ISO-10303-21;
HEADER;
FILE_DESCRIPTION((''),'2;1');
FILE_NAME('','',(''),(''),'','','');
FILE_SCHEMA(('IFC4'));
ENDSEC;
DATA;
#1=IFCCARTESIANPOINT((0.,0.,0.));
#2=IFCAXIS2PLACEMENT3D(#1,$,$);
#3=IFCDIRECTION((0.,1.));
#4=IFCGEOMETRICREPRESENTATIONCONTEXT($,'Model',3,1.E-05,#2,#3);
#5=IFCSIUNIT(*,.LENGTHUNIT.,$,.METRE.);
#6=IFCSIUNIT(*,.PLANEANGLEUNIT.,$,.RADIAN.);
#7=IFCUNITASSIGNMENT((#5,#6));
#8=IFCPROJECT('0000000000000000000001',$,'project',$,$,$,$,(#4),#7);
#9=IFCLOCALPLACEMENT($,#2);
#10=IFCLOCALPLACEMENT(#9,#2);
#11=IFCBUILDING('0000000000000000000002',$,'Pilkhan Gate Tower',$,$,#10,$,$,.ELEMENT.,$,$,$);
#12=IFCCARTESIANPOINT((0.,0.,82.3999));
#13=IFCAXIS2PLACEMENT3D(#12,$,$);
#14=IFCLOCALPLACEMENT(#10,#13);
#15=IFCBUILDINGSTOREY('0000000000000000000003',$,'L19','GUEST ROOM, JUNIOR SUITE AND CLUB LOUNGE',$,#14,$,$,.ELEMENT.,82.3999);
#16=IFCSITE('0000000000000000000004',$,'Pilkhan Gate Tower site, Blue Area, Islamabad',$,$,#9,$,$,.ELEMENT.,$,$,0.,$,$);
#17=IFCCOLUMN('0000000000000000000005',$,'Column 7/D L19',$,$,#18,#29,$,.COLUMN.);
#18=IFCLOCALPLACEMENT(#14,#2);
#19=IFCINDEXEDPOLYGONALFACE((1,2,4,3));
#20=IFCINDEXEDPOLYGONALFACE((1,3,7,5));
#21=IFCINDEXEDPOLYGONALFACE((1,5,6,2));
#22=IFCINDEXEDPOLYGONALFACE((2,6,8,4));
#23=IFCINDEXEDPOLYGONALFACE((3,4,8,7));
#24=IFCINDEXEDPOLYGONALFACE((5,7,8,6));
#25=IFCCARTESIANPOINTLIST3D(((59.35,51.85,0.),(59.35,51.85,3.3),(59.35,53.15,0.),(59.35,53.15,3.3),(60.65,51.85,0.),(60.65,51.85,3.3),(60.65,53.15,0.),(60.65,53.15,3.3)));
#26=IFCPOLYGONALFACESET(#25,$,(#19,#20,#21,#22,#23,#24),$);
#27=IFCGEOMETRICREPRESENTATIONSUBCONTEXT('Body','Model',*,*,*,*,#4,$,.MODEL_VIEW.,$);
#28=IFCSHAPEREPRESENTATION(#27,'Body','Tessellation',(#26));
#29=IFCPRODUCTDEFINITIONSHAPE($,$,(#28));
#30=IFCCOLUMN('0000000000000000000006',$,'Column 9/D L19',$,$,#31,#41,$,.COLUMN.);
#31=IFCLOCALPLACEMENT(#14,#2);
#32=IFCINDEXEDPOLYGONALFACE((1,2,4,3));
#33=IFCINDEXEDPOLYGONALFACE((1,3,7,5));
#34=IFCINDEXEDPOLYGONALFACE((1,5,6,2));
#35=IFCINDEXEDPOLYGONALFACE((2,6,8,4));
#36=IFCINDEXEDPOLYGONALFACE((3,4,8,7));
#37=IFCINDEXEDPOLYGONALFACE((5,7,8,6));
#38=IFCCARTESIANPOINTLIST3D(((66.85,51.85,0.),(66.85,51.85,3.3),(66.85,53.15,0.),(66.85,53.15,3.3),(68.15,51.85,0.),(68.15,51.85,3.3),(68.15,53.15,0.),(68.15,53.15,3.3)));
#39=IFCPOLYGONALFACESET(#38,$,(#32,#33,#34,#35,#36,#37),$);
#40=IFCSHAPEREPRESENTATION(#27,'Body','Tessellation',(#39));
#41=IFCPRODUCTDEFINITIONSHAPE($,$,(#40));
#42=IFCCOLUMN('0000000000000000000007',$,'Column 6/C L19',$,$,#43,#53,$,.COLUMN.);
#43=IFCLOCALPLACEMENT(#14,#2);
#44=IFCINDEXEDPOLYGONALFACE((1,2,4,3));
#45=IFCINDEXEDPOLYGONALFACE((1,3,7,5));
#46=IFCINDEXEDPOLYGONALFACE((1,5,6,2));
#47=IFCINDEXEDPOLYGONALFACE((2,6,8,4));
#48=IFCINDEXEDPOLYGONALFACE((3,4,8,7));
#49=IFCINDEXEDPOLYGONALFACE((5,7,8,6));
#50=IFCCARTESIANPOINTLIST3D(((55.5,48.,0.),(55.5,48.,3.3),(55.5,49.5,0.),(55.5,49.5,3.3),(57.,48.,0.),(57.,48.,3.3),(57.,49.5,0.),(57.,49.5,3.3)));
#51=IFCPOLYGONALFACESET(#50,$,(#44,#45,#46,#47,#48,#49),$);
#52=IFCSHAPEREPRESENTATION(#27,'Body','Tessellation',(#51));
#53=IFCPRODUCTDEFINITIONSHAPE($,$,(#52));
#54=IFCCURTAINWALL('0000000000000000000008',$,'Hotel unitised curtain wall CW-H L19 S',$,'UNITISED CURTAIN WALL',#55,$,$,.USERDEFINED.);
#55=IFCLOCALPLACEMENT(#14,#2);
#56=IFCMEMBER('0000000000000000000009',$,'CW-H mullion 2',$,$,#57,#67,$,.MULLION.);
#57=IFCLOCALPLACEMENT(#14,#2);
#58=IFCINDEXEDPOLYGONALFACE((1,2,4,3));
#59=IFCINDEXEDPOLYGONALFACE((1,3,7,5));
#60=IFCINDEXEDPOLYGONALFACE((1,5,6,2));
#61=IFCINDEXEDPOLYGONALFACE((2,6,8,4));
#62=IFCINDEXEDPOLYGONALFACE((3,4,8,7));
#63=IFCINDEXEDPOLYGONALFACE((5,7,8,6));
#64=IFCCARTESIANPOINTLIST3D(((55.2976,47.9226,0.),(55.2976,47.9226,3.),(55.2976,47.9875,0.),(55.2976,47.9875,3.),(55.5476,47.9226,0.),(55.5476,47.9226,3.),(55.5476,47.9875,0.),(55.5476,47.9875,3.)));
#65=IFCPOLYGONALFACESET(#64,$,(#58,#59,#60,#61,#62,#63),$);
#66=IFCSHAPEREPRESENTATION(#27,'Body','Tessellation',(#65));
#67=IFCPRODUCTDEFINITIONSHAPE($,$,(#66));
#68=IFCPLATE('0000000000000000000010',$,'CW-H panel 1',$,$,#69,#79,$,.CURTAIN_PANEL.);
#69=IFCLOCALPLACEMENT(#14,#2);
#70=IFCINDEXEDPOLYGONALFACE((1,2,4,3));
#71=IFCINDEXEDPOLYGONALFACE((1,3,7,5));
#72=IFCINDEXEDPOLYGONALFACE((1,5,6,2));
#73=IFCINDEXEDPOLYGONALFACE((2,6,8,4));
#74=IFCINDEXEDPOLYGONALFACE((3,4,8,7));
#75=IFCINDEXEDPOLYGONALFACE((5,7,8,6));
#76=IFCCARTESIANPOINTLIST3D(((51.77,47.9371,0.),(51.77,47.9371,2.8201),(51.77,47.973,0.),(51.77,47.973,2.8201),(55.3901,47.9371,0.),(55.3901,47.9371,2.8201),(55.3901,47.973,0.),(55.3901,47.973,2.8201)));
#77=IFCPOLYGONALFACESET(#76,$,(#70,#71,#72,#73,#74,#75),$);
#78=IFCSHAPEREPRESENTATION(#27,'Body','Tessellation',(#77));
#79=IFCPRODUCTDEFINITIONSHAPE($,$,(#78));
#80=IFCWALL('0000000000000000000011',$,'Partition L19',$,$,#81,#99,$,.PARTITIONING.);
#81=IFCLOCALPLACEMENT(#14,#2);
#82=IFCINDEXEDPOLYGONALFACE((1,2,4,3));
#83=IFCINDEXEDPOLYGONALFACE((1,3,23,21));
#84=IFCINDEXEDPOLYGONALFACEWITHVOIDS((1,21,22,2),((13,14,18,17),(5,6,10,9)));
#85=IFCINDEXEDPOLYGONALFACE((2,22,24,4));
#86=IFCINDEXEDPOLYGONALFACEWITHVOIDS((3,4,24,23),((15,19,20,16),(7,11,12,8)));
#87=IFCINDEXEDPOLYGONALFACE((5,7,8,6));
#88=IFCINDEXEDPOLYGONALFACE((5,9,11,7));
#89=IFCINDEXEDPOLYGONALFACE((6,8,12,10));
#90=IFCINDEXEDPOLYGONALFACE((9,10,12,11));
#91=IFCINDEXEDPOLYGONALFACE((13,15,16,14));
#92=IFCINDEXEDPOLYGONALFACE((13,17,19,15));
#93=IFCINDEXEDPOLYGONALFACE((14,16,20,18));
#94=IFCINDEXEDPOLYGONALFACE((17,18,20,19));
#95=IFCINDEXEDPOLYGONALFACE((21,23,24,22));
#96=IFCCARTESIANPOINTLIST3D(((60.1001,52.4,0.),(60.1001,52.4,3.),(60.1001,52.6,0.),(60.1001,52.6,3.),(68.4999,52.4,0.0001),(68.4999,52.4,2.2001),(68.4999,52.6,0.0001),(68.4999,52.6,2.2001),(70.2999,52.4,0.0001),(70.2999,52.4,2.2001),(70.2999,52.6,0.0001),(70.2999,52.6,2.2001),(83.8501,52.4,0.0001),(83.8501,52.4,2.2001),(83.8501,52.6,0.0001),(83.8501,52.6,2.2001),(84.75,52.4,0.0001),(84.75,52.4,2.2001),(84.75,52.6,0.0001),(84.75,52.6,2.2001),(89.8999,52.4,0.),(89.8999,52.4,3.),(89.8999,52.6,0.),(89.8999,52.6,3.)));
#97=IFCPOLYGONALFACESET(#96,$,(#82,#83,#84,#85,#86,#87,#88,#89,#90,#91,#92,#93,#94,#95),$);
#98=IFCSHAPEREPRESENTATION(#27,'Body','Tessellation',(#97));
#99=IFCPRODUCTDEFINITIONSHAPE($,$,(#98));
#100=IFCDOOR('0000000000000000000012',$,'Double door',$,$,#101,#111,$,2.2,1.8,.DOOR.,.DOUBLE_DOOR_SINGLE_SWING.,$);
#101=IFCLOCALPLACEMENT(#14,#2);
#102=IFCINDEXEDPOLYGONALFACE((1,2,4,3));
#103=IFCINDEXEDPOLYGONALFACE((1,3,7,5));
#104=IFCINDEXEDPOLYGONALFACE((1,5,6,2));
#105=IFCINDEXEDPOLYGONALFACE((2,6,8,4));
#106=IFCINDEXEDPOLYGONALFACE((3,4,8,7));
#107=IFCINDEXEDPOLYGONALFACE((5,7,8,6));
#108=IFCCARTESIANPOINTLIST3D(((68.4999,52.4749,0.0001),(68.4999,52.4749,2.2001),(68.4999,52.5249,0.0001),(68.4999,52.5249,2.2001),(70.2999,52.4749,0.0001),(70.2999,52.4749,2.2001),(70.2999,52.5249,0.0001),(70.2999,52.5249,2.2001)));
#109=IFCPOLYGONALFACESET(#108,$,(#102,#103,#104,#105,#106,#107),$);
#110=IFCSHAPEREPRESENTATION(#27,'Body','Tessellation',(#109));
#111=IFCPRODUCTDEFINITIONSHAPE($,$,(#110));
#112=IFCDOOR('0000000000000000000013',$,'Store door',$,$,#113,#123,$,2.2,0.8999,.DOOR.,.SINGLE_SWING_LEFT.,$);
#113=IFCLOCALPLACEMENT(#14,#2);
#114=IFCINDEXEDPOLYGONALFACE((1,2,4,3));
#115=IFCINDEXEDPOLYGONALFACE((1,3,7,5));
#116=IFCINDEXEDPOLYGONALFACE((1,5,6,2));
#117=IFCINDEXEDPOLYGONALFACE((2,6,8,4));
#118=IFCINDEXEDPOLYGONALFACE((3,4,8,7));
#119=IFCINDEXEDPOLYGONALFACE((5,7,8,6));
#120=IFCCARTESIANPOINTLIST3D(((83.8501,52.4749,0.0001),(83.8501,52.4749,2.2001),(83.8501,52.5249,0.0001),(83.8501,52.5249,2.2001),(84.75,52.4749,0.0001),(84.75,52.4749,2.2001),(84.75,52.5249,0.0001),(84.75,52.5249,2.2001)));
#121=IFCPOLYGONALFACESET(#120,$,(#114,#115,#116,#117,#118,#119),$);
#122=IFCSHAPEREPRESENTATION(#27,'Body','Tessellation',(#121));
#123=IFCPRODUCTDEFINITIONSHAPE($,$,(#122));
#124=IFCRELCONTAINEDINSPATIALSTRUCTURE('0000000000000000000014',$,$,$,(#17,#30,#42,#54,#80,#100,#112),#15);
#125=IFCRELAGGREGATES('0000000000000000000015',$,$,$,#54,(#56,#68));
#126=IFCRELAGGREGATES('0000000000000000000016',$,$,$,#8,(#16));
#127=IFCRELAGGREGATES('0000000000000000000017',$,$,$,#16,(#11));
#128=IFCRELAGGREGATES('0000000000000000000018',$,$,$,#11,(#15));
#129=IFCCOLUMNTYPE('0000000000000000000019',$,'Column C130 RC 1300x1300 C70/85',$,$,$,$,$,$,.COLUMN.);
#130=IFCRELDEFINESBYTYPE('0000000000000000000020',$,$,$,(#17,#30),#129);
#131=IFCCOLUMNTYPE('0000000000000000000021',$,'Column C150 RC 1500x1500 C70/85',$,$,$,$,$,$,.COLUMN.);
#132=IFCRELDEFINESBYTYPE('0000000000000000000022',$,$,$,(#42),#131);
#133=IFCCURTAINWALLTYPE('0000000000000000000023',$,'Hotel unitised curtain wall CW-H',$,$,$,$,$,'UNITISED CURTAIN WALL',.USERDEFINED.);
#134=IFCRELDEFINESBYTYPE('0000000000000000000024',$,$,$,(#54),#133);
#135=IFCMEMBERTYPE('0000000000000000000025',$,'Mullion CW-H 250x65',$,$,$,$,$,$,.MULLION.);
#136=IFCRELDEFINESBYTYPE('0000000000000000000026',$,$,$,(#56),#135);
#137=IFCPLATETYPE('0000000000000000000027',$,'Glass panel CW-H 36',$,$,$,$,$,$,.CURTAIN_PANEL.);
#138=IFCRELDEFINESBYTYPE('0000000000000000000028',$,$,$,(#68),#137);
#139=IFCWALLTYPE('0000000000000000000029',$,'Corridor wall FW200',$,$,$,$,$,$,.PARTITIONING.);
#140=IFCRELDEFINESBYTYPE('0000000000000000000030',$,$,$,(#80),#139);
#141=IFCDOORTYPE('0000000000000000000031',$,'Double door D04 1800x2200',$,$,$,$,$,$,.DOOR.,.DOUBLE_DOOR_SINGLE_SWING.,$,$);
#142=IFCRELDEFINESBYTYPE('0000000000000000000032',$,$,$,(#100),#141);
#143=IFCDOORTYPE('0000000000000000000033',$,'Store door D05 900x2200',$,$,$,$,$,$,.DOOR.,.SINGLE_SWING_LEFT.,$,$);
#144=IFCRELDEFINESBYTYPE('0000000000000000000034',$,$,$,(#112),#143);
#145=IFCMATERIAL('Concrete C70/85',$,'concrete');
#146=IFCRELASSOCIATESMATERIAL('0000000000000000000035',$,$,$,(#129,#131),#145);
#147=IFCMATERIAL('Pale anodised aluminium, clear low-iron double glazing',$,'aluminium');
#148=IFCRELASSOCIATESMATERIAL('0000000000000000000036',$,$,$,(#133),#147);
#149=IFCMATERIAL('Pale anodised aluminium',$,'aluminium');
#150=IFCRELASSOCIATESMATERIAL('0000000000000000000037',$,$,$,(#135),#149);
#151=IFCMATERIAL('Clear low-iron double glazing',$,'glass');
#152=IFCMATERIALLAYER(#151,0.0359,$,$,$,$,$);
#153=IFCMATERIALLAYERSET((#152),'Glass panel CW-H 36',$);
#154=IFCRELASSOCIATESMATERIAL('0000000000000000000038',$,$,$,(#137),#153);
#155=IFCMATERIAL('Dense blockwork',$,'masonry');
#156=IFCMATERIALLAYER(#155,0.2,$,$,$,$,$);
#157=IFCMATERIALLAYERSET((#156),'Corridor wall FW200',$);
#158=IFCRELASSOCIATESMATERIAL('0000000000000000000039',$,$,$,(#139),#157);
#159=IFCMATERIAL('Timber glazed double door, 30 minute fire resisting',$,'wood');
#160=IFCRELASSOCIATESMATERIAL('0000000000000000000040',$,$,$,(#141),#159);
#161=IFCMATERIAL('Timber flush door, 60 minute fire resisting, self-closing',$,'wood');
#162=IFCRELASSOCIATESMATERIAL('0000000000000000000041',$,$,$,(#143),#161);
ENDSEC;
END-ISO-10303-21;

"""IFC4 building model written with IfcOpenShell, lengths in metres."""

from ifc_helpers import new_model, si_unit, direction, frame, frame_2d, origin, origin_2d, place, context, subcontext, project, spatial, rectangle, extrude, material, layer, layer_set, material_profile, profile_set, type_object, element, fill, aggregate, save


model = new_model("IFC4")

# Units and contexts
model_context = context("Model", 3, precision=1e-05, world=origin(), true_north=direction((0.0, 1.0)))
body_context = subcontext(model_context, "Body", "Model", "MODEL_VIEW")
ifc_project = project(units=[si_unit("LENGTHUNIT", "METRE"), si_unit("PLANEANGLEUNIT", "RADIAN")], contexts=[model_context])

# Site, building, storey
site_placement = place(None, origin())
site = spatial("IfcSite", under=ifc_project, at=site_placement, Name="Pilkhan Gate Tower site, Blue Area, Islamabad", CompositionType="ELEMENT", RefElevation=0.0)
building_placement = place(site_placement, origin())
building = spatial("IfcBuilding", under=site, at=building_placement, Name="Pilkhan Gate Tower", CompositionType="ELEMENT")
storey_placement = place(building_placement, frame((0.0, 0.0, 82.3999)))
storey = spatial("IfcBuildingStorey", under=building, at=storey_placement, Name="L19", Description="GUEST ROOM, JUNIOR SUITE AND CLUB LOUNGE", CompositionType="ELEMENT", Elevation=82.3999)

# Columns
ifc_material_1 = material(Name="Concrete C70/85", Category="concrete")
ifc_material_profile_1 = material_profile(ifc_material_1, rectangle(XDim=1.3, YDim=1.3, at=origin_2d()), Name="RC 1300x1300")
ifc_profile_set_1 = profile_set([ifc_material_profile_1], Name="Concrete C70/85")
column_type_1 = type_object("IfcColumnType", Name="Column C130 RC 1300x1300 C70/85", PredefinedType="COLUMN", material=ifc_profile_set_1)
for number, where, z_axis, x_axis, name in (
    (1, (60.0, 52.5, 0.0), (0.0, 0.0, 1.0), (1.0, 0.0, 0.0), "Column 7/D L19"),
    (2, (67.5, 52.5, 0.0), (0.0, 0.0, 1.0), (1.0, 0.0, 0.0), "Column 9/D L19"),
):
    element("IfcColumn", number, at=place(storey_placement, frame(where, z_axis=z_axis, x_axis=x_axis)), inside=storey, type_object=column_type_1, Name=name, PredefinedType="COLUMN", context=body_context, shape_type="SweptSolid", body=[
        extrude(rectangle(XDim=1.3, YDim=1.3, at=origin_2d()), origin(), (0.0, 0.0, 1.0), 3.3),
    ])
ifc_material_profile_2 = material_profile(ifc_material_1, rectangle(XDim=1.5, YDim=1.5, at=origin_2d()), Name="RC 1500x1500")
ifc_profile_set_2 = profile_set([ifc_material_profile_2], Name="Concrete C70/85")
column_type_2 = type_object("IfcColumnType", Name="Column C150 RC 1500x1500 C70/85", PredefinedType="COLUMN", material=ifc_profile_set_2)
column_placement = place(storey_placement, frame((56.25, 48.75, 0.0), z_axis=(0.0, 0.0, 1.0), x_axis=(1.0, 0.0, 0.0)))
element("IfcColumn", 3, at=column_placement, inside=storey, type_object=column_type_2, Name="Column 6/C L19", PredefinedType="COLUMN", context=body_context, shape_type="SweptSolid", body=[
    extrude(rectangle(XDim=1.5, YDim=1.5, at=origin_2d()), origin(), (0.0, 0.0, 1.0), 3.3),
])

# Curtain wall, member, plate
ifc_material_2 = material(Name="Pale anodised aluminium, clear low-iron double glazing", Category="aluminium")
curtain_wall_type = type_object("IfcCurtainWallType", Name="Hotel unitised curtain wall CW-H", ElementType="UNITISED CURTAIN WALL", PredefinedType="USERDEFINED", material=ifc_material_2)
curtain_wall_placement = place(storey_placement, origin())
curtain_wall = element("IfcCurtainWall", 4, at=curtain_wall_placement, inside=storey, type_object=curtain_wall_type, Name="Hotel unitised curtain wall CW-H L19 S", ObjectType="UNITISED CURTAIN WALL", PredefinedType="USERDEFINED")
ifc_material_3 = material(Name="Pale anodised aluminium", Category="aluminium")
ifc_material_profile_3 = material_profile(ifc_material_3, rectangle(XDim=0.0649, YDim=0.25, at=origin_2d()), Name="Mullion 250x65")
ifc_profile_set_3 = profile_set([ifc_material_profile_3], Name="Pale anodised aluminium")
member_type = type_object("IfcMemberType", Name="Mullion CW-H 250x65", PredefinedType="MULLION", material=ifc_profile_set_3)
member_placement = place(storey_placement, frame((55.4226, 47.9551, 0.0), z_axis=(0.0, 0.0, 1.0), x_axis=(0.0, 1.0, 0.0)))
member = element("IfcMember", 5, at=member_placement, type_object=member_type, Name="CW-H mullion 2", PredefinedType="MULLION", context=body_context, shape_type="SweptSolid", body=[
    extrude(rectangle(XDim=0.0649, YDim=0.25, at=origin_2d()), origin(), (0.0, 0.0, 1.0), 3.0),
])
ifc_material_4 = material(Name="Clear low-iron double glazing", Category="glass")
ifc_layer_1 = layer(ifc_material_4, 0.0359)
ifc_layer_set_1 = layer_set([ifc_layer_1], Name="Glass panel CW-H 36")
plate_type = type_object("IfcPlateType", Name="Glass panel CW-H 36", PredefinedType="CURTAIN_PANEL", material=ifc_layer_set_1)
plate_placement = place(storey_placement, frame((53.5801, 47.9551, 0.0), z_axis=(0.0, 0.0, 1.0), x_axis=(1.0, 0.0, 0.0)))
plate = element("IfcPlate", 6, at=plate_placement, type_object=plate_type, Name="CW-H panel 1", PredefinedType="CURTAIN_PANEL", context=body_context, shape_type="SweptSolid", body=[
    extrude(rectangle(XDim=3.6201, YDim=0.0359, at=origin_2d()), origin(), (0.0, 0.0, 1.0), 2.8201),
])
aggregate(curtain_wall, [member, plate])

# Wall, openings, doors
ifc_material_5 = material(Name="Dense blockwork", Category="masonry")
ifc_layer_2 = layer(ifc_material_5, 0.2)
ifc_layer_set_2 = layer_set([ifc_layer_2], Name="Corridor wall FW200")
wall_type = type_object("IfcWallType", Name="Corridor wall FW200", PredefinedType="PARTITIONING", material=ifc_layer_set_2)
wall_1_placement = place(storey_placement, frame((60.1001, 52.5, 0.0), z_axis=(0.0, 0.0, 1.0), x_axis=(1.0, 0.0, 0.0)))
wall_1 = element("IfcWall", 7, at=wall_1_placement, inside=storey, type_object=wall_type, Name="Partition L19", PredefinedType="PARTITIONING", context=body_context, shape_type="SweptSolid", body=[
    extrude(rectangle(XDim=29.7998, YDim=0.2, at=frame_2d((14.8999, 0.0))), origin(), (0.0, 0.0, 1.0), 3.0),
])
opening_1_placement = place(wall_1_placement, frame((8.3999, 0.0, 0.0)))
opening_1 = element("IfcOpeningElement", 8, at=opening_1_placement, cuts=wall_1, PredefinedType="OPENING", context=body_context, shape_type="SweptSolid", body=[
    extrude(rectangle(XDim=1.8, YDim=2.2, at=frame_2d((0.8999, 1.1001))), frame((0.0, 0.1099, 0.0), z_axis=(0.0, -1.0, 0.0), x_axis=(1.0, 0.0, 0.0)), (0.0, 0.0, 1.0), 0.22),
])
opening_2_placement = place(wall_1_placement, frame((23.75, 0.0, 0.0)))
opening_2 = element("IfcOpeningElement", 9, at=opening_2_placement, cuts=wall_1, PredefinedType="OPENING", context=body_context, shape_type="SweptSolid", body=[
    extrude(rectangle(XDim=0.8999, YDim=2.2, at=frame_2d((0.45, 1.1001))), frame((0.0, 0.1099, 0.0), z_axis=(0.0, -1.0, 0.0), x_axis=(1.0, 0.0, 0.0)), (0.0, 0.0, 1.0), 0.22),
])
ifc_material_6 = material(Name="Timber glazed double door, 30 minute fire resisting", Category="wood")
door_type_1 = type_object("IfcDoorType", Name="Double door D04 1800x2200", OperationType="DOUBLE_DOOR_SINGLE_SWING", PredefinedType="DOOR", material=ifc_material_6)
door_1_placement = place(opening_1_placement, origin())
door_1 = element("IfcDoor", 10, at=door_1_placement, inside=storey, type_object=door_type_1, Name="Double door", OperationType="DOUBLE_DOOR_SINGLE_SWING", OverallHeight=2.2, OverallWidth=1.8, PredefinedType="DOOR", context=body_context, shape_type="SweptSolid", body=[
    extrude(rectangle(XDim=1.8, YDim=2.2, at=frame_2d((0.8999, 1.1001))), frame((0.0, 0.0249, 0.0), z_axis=(0.0, -1.0, 0.0), x_axis=(1.0, 0.0, 0.0)), (0.0, 0.0, 1.0), 0.05),
])
fill(opening_1, door_1)
ifc_material_7 = material(Name="Timber flush door, 60 minute fire resisting, self-closing", Category="wood")
door_type_2 = type_object("IfcDoorType", Name="Store door D05 900x2200", OperationType="SINGLE_SWING_LEFT", PredefinedType="DOOR", material=ifc_material_7)
door_2_placement = place(opening_2_placement, origin())
door_2 = element("IfcDoor", 11, at=door_2_placement, inside=storey, type_object=door_type_2, Name="Store door", OperationType="SINGLE_SWING_LEFT", OverallHeight=2.2, OverallWidth=0.8999, PredefinedType="DOOR", context=body_context, shape_type="SweptSolid", body=[
    extrude(rectangle(XDim=0.8999, YDim=2.2, at=frame_2d((0.45, 1.1001))), frame((0.0, 0.0249, 0.0), z_axis=(0.0, -1.0, 0.0), x_axis=(1.0, 0.0, 0.0)), (0.0, 0.0, 1.0), 0.05),
])
fill(opening_2, door_2)

save(model, "model.ifc")
